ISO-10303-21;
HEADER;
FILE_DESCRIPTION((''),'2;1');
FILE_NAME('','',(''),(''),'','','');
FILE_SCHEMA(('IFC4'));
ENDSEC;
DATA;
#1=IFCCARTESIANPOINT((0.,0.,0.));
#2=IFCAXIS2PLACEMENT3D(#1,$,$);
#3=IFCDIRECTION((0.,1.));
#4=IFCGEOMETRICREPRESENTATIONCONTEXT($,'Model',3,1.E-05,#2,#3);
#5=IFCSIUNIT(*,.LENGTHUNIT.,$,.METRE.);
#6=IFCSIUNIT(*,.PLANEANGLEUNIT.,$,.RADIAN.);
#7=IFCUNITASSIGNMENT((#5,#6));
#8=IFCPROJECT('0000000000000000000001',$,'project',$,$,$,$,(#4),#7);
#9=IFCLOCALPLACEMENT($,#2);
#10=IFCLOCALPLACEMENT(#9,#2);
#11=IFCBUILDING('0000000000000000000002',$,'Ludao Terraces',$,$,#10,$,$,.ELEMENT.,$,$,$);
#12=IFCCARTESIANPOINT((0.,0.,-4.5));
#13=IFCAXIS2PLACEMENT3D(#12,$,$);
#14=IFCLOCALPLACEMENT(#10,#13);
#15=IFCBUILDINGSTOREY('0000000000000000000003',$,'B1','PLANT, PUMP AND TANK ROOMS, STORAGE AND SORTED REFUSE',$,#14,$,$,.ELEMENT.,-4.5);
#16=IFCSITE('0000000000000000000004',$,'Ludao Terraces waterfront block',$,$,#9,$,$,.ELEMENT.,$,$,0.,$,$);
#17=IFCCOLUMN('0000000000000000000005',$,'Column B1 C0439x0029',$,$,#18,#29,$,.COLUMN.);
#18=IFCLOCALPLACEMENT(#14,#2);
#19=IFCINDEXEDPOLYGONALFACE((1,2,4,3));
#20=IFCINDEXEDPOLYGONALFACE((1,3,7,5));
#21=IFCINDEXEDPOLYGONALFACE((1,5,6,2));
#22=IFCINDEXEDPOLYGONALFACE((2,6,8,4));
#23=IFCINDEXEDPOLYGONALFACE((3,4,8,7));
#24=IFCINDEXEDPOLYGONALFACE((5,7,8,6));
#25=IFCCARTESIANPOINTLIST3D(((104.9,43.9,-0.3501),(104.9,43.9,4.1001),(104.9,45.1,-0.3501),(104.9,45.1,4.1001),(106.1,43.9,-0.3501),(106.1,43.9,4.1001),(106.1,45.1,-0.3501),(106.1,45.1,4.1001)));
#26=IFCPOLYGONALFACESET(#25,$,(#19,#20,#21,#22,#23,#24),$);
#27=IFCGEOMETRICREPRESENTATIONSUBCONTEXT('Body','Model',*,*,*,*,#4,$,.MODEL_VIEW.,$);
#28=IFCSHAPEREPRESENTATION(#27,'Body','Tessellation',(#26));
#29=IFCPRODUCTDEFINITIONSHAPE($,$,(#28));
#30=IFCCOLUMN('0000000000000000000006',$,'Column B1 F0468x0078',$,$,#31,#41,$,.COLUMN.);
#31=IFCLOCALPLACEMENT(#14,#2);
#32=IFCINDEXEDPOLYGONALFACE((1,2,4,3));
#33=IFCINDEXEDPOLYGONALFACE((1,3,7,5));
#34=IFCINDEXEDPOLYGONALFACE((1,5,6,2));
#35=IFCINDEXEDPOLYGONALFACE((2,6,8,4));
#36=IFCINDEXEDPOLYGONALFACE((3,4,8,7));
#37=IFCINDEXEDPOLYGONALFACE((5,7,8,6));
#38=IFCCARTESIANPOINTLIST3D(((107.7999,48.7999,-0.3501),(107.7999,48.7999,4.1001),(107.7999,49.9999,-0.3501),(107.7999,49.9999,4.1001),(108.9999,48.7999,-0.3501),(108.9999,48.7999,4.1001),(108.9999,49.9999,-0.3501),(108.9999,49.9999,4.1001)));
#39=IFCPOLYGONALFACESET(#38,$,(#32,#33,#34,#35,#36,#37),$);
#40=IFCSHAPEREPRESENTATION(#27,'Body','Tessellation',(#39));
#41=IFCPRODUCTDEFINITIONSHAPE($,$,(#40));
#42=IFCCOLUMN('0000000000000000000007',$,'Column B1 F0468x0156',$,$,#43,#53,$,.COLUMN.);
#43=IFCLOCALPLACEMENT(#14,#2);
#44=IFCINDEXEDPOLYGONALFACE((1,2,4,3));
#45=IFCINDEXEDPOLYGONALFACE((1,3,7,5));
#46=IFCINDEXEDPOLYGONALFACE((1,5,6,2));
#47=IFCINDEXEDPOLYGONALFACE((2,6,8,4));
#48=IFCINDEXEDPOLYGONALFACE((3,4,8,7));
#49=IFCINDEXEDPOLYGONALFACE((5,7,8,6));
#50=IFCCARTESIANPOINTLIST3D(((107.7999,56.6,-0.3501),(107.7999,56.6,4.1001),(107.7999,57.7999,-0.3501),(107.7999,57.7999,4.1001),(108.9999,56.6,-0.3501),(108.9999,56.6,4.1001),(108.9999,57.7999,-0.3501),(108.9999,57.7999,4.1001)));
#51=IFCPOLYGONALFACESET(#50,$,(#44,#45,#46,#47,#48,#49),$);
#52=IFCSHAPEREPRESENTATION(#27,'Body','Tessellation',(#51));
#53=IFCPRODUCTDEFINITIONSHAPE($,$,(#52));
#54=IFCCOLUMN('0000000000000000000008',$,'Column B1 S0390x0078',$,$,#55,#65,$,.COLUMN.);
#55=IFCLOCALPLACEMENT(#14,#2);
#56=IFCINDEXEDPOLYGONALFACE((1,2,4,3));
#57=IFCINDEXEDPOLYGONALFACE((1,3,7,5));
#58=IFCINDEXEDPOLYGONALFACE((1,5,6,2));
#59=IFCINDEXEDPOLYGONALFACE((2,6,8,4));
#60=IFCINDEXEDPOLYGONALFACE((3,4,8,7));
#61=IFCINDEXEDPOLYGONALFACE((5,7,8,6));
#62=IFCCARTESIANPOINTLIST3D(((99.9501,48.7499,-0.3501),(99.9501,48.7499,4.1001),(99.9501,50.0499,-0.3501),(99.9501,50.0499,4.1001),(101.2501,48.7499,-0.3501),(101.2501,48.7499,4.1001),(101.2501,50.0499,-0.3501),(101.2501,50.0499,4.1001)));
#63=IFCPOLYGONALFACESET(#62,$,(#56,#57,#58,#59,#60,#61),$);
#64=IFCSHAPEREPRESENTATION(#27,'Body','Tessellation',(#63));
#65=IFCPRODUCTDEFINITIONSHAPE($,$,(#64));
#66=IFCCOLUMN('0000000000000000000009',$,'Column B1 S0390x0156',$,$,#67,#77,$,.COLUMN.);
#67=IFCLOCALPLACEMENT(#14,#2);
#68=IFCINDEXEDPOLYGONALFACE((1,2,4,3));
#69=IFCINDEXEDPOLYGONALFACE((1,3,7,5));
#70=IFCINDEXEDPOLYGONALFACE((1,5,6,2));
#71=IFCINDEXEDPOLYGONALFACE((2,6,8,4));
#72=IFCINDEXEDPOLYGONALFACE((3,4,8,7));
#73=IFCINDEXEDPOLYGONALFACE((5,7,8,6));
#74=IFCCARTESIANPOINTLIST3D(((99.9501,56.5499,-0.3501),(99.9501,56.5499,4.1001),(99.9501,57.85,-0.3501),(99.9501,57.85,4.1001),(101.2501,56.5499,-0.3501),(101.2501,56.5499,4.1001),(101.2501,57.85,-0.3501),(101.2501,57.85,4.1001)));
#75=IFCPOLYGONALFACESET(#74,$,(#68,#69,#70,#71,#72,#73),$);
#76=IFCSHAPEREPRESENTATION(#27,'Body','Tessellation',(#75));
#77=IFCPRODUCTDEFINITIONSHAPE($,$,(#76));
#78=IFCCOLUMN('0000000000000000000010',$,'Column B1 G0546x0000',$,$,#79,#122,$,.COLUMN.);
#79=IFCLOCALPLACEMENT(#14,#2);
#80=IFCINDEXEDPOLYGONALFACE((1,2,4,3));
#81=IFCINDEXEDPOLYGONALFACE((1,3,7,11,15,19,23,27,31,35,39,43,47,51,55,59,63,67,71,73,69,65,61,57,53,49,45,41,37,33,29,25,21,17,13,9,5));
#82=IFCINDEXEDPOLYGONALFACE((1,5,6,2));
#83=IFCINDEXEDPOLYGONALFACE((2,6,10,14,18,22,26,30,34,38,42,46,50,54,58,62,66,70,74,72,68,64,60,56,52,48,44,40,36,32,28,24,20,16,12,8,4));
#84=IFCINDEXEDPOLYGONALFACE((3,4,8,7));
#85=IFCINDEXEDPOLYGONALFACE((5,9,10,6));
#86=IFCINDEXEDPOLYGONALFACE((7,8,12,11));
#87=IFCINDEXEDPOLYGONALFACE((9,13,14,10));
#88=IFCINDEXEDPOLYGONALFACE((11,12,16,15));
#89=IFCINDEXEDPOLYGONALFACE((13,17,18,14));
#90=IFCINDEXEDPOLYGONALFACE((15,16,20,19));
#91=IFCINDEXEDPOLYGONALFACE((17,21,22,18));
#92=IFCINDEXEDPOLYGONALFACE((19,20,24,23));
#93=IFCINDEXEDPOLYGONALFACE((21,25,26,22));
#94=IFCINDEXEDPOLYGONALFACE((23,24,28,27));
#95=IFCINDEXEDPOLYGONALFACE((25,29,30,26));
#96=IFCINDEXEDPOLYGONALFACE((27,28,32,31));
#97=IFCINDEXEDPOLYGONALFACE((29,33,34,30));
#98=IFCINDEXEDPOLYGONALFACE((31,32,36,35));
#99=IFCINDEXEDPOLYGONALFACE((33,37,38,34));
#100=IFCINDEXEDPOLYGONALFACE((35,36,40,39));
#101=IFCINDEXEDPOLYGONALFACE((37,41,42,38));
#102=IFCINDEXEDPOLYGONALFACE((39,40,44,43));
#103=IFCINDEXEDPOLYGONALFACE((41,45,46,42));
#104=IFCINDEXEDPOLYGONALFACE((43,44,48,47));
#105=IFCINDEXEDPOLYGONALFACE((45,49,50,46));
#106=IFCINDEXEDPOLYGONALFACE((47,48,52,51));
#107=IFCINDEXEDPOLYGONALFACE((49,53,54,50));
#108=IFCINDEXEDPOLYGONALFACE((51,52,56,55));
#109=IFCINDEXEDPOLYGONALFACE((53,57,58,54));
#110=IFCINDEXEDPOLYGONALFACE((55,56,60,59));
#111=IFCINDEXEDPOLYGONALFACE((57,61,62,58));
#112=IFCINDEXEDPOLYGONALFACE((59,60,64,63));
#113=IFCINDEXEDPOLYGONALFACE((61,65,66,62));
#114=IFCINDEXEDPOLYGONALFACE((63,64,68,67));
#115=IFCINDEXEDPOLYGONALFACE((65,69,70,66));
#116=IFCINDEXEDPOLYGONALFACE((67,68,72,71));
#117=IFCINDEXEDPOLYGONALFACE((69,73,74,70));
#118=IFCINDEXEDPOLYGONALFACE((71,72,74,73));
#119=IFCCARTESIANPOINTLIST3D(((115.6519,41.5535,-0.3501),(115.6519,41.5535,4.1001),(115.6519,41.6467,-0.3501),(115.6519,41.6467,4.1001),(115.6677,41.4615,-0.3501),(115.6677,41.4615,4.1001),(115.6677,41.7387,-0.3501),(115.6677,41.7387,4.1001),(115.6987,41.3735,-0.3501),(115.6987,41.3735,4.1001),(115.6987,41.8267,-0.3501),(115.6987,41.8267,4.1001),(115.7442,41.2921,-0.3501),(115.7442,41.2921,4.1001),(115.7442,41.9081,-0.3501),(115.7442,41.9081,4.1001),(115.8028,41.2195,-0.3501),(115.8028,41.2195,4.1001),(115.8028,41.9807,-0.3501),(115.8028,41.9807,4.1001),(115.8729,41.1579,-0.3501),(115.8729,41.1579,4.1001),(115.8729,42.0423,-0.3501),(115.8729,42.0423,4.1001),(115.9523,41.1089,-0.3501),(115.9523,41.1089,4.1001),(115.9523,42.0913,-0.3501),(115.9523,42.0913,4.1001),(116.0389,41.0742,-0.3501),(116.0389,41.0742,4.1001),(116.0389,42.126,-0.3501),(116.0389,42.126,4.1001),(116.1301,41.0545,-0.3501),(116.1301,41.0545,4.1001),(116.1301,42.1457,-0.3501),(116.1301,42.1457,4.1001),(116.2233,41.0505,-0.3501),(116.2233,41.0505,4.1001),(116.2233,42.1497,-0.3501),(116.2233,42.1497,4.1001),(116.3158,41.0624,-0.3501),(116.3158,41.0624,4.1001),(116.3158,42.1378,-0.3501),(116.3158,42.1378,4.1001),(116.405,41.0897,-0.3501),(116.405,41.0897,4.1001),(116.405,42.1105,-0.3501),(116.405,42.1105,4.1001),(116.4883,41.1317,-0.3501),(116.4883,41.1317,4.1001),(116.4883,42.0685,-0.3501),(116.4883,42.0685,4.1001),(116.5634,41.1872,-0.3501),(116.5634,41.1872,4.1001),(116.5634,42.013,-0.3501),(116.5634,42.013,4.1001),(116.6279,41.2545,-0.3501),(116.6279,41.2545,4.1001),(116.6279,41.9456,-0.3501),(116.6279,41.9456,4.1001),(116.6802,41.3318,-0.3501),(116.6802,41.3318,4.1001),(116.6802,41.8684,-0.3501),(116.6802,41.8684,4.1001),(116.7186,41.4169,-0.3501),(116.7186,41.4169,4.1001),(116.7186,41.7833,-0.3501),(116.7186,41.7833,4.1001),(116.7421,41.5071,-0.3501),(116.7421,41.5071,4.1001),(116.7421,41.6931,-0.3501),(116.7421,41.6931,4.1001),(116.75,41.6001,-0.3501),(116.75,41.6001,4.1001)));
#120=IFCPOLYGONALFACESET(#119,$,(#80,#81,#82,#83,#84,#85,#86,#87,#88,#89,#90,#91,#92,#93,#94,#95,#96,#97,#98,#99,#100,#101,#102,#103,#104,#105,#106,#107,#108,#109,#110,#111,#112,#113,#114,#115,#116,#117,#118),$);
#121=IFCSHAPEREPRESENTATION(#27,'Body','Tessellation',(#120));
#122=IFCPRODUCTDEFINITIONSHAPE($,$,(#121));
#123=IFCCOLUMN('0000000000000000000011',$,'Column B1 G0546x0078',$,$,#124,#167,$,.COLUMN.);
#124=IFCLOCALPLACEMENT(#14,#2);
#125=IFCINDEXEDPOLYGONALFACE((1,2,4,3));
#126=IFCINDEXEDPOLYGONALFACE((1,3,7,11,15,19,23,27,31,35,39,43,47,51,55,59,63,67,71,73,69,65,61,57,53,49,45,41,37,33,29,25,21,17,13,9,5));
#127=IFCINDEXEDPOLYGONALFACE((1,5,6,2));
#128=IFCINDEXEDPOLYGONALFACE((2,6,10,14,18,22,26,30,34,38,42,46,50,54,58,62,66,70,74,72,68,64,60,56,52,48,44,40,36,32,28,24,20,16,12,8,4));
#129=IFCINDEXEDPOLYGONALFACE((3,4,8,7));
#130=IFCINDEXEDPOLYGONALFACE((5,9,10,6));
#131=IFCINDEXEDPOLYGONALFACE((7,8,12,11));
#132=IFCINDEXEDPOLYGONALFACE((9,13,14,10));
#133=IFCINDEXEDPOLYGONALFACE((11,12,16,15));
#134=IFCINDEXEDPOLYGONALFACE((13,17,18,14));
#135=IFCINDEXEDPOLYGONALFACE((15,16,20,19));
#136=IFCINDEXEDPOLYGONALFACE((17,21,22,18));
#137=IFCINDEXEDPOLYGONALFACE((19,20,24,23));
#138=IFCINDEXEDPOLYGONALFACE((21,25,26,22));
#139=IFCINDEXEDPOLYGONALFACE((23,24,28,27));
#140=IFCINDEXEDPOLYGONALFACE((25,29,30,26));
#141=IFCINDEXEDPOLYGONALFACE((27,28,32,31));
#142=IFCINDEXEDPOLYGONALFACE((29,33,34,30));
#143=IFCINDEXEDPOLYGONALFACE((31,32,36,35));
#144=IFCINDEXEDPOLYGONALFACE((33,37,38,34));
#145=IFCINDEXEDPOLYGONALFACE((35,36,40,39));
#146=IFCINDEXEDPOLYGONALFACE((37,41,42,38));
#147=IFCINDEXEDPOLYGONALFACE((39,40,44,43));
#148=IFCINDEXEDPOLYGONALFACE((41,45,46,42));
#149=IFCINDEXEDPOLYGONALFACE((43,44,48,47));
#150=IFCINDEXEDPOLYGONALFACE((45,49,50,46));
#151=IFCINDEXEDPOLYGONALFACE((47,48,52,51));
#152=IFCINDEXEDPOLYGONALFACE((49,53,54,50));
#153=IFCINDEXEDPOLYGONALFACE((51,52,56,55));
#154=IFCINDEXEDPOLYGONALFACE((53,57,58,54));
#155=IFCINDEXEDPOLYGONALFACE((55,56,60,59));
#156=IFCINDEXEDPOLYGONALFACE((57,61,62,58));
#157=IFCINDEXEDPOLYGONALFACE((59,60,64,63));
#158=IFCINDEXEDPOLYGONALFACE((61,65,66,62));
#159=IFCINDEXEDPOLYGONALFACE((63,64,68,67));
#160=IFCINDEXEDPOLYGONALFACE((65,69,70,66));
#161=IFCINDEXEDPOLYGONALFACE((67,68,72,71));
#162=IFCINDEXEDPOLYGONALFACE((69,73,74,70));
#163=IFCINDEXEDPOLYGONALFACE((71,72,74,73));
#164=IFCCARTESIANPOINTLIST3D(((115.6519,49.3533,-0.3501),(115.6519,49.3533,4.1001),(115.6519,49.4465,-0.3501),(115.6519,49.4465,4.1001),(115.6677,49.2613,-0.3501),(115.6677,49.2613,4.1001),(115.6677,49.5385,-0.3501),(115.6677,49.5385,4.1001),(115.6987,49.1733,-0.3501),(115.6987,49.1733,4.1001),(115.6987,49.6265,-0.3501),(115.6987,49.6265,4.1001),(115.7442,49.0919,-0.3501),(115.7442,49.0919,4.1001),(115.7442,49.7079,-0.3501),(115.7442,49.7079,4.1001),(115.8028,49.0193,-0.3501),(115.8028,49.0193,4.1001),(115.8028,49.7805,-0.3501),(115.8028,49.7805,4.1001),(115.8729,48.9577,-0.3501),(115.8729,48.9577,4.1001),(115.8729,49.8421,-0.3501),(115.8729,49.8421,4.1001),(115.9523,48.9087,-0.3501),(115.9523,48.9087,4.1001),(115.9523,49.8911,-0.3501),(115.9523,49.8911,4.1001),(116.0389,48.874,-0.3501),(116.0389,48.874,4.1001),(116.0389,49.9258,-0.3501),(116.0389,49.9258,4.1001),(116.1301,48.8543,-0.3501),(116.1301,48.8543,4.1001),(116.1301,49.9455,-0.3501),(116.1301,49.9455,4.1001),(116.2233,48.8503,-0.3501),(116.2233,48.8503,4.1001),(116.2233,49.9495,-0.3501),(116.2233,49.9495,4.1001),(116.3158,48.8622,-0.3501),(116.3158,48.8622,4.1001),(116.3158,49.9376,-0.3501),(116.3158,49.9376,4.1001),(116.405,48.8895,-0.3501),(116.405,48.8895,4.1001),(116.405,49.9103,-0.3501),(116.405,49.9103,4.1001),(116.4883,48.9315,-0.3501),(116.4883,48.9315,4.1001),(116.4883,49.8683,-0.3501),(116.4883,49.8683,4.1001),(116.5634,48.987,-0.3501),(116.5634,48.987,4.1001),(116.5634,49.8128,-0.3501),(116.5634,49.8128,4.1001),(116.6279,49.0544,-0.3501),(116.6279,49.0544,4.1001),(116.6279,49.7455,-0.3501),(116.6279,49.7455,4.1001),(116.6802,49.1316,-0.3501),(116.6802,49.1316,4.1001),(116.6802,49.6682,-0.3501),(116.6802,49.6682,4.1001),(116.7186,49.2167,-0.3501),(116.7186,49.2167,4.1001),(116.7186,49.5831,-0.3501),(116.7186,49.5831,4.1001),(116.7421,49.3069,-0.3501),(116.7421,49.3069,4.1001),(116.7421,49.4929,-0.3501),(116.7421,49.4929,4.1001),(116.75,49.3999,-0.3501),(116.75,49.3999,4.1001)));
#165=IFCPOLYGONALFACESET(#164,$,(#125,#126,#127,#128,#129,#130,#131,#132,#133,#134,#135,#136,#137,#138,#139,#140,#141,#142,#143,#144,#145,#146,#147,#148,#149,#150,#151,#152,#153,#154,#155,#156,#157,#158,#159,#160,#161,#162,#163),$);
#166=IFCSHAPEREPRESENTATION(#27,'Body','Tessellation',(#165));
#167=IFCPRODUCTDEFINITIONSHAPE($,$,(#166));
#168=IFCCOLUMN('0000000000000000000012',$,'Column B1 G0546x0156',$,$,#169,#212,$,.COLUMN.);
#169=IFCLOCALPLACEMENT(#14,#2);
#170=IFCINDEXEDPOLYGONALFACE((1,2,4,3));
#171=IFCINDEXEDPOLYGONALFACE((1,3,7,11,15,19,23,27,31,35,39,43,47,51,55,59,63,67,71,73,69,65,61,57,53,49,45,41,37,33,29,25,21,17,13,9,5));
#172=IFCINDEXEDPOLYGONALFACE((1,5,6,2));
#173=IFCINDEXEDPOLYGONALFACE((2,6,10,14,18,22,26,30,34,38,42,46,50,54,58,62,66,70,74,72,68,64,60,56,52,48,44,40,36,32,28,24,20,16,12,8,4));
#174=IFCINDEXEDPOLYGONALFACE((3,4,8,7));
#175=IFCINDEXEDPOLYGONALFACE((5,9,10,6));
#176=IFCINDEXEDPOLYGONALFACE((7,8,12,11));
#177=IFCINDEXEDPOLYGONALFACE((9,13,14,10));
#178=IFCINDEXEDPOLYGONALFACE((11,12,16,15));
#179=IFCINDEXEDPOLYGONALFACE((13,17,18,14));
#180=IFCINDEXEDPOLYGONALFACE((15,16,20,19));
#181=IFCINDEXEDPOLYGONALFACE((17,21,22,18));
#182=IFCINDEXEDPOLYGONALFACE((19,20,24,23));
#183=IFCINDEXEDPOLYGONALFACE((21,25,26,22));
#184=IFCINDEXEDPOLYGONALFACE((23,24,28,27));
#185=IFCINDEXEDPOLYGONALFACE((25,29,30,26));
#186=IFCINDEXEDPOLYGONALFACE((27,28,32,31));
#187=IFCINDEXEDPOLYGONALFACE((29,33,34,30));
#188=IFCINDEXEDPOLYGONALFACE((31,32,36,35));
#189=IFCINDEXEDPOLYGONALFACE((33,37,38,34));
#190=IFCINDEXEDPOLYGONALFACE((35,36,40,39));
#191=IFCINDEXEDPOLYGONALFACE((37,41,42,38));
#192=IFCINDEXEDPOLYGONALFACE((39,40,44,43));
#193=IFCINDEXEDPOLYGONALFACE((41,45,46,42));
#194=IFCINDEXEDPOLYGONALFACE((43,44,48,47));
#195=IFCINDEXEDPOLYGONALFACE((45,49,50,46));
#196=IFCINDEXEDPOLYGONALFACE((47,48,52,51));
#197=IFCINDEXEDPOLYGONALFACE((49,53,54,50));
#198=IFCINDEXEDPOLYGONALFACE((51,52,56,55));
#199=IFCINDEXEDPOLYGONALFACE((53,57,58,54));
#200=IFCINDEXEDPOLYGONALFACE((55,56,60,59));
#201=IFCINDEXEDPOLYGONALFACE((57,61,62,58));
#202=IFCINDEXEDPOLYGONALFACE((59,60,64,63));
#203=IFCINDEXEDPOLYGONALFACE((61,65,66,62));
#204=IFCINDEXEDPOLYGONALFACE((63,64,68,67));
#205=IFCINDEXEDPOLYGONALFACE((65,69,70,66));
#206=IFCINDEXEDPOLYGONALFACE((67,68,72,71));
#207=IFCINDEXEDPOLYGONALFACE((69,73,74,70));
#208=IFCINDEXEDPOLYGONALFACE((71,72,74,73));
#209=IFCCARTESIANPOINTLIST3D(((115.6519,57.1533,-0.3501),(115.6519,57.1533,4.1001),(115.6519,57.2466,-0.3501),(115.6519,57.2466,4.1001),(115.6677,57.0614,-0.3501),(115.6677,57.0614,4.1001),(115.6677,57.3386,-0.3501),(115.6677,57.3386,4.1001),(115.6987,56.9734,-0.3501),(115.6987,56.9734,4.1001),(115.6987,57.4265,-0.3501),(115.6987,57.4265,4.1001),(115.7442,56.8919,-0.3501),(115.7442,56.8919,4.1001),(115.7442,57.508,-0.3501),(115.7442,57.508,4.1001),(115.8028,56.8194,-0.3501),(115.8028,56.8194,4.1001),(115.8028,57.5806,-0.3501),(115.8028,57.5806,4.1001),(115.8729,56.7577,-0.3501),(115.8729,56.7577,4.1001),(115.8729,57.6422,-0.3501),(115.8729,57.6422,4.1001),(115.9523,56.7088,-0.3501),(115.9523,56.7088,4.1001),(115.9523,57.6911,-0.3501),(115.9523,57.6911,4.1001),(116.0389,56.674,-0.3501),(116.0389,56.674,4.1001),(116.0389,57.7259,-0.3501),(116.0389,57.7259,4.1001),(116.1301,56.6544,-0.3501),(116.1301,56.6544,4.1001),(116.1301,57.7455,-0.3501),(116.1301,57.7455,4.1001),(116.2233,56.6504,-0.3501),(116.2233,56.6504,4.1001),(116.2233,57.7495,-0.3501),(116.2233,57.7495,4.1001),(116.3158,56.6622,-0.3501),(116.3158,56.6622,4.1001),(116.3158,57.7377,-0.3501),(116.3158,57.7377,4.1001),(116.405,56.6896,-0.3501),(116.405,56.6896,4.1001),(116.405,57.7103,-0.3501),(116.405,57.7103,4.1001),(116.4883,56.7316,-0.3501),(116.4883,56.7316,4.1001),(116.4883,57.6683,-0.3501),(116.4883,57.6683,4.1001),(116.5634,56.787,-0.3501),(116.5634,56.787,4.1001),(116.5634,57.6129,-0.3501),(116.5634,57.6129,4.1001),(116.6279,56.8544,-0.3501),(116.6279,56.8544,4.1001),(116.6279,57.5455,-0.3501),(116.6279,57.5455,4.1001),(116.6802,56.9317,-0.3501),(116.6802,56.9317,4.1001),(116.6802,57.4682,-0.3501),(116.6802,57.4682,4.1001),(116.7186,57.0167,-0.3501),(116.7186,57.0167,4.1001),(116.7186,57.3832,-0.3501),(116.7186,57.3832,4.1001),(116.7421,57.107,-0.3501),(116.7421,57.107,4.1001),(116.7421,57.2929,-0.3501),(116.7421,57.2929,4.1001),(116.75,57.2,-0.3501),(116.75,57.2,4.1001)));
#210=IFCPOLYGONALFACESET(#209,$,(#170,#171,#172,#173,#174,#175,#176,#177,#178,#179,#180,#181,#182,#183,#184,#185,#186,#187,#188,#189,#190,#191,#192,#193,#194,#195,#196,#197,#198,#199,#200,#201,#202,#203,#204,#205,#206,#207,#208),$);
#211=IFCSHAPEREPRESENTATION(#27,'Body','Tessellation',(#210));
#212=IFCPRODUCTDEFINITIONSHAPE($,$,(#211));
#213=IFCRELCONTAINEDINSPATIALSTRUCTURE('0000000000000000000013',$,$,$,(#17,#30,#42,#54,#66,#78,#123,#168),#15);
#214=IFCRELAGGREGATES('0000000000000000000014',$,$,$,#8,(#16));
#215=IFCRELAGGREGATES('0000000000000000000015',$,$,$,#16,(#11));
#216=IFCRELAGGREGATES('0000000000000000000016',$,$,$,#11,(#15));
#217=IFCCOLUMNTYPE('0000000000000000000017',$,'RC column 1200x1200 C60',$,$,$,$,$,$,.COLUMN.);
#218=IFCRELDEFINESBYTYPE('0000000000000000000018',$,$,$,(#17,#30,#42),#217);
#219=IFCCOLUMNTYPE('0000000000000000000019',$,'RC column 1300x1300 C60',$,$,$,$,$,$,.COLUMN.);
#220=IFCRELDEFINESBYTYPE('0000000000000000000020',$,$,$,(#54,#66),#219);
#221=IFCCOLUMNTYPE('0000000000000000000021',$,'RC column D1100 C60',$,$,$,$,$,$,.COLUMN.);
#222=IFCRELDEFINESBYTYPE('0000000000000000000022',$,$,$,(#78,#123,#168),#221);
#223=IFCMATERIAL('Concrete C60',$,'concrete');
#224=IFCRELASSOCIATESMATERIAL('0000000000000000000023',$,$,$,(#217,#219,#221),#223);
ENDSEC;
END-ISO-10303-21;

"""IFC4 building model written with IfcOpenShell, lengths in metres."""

from ifc_helpers import new_model, si_unit, direction, frame, origin, origin_2d, place, context, subcontext, project, spatial, rectangle, circle, extrude, material, material_profile, profile_set, type_object, element, save


model = new_model("IFC4")

# Units and contexts
model_context = context("Model", 3, precision=1e-05, world=origin(), true_north=direction((0.0, 1.0)))
body_context = subcontext(model_context, "Body", "Model", "MODEL_VIEW")
ifc_project = project(units=[si_unit("LENGTHUNIT", "METRE"), si_unit("PLANEANGLEUNIT", "RADIAN")], contexts=[model_context])

# Site, building, storey
site_placement = place(None, origin())
site = spatial("IfcSite", under=ifc_project, at=site_placement, Name="Ludao Terraces waterfront block", CompositionType="ELEMENT", RefElevation=0.0)
building_placement = place(site_placement, origin())
building = spatial("IfcBuilding", under=site, at=building_placement, Name="Ludao Terraces", CompositionType="ELEMENT")
storey_placement = place(building_placement, frame((0.0, 0.0, -4.5)))
storey = spatial("IfcBuildingStorey", under=building, at=storey_placement, Name="B1", Description="PLANT, PUMP AND TANK ROOMS, STORAGE AND SORTED REFUSE", CompositionType="ELEMENT", Elevation=-4.5)

# Columns
ifc_material_1 = material(Name="Concrete C60", Category="concrete")
ifc_material_profile_1 = material_profile(ifc_material_1, rectangle(XDim=1.2, YDim=1.2, at=origin_2d()), Name="1200 X 1200")
ifc_profile_set_1 = profile_set([ifc_material_profile_1], Name="Concrete C60")
column_type_1 = type_object("IfcColumnType", Name="RC column 1200x1200 C60", PredefinedType="COLUMN", material=ifc_profile_set_1)
for number, where, z_axis, x_axis, name in (
    (1, (105.5, 44.5, -0.3501), (0.0, 0.0, 1.0), (1.0, 0.0, 0.0), "Column B1 C0439x0029"),
    (2, (108.3999, 49.3999, -0.3501), (0.0, 0.0, 1.0), (1.0, 0.0, 0.0), "Column B1 F0468x0078"),
    (3, (108.3999, 57.2, -0.3501), (0.0, 0.0, 1.0), (1.0, 0.0, 0.0), "Column B1 F0468x0156"),
):
    element("IfcColumn", number, at=place(storey_placement, frame(where, z_axis=z_axis, x_axis=x_axis)), inside=storey, type_object=column_type_1, Name=name, PredefinedType="COLUMN", context=body_context, shape_type="SweptSolid", body=[
        extrude(rectangle(XDim=1.2, YDim=1.2, at=origin_2d()), origin(), (0.0, 0.0, 1.0), 4.4502),
    ])
ifc_material_profile_2 = material_profile(ifc_material_1, rectangle(XDim=1.3, YDim=1.3, at=origin_2d()), Name="1300 X 1300")
ifc_profile_set_2 = profile_set([ifc_material_profile_2], Name="Concrete C60")
column_type_2 = type_object("IfcColumnType", Name="RC column 1300x1300 C60", PredefinedType="COLUMN", material=ifc_profile_set_2)
for number, where, z_axis, x_axis, name in (
    (4, (100.6001, 49.3999, -0.3501), (0.0, 0.0, 1.0), (1.0, 0.0, 0.0), "Column B1 S0390x0078"),
    (5, (100.6001, 57.2, -0.3501), (0.0, 0.0, 1.0), (1.0, 0.0, 0.0), "Column B1 S0390x0156"),
):
    element("IfcColumn", number, at=place(storey_placement, frame(where, z_axis=z_axis, x_axis=x_axis)), inside=storey, type_object=column_type_2, Name=name, PredefinedType="COLUMN", context=body_context, shape_type="SweptSolid", body=[
        extrude(rectangle(XDim=1.3, YDim=1.3, at=origin_2d()), origin(), (0.0, 0.0, 1.0), 4.4502),
    ])
ifc_material_profile_3 = material_profile(ifc_material_1, circle(Radius=0.55, at=origin_2d()), Name="D1100")
ifc_profile_set_3 = profile_set([ifc_material_profile_3], Name="Concrete C60")
column_type_3 = type_object("IfcColumnType", Name="RC column D1100 C60", PredefinedType="COLUMN", material=ifc_profile_set_3)
for number, where, z_axis, x_axis, name in (
    (6, (116.2, 41.6001, -0.3501), (0.0, 0.0, 1.0), (1.0, 0.0, 0.0), "Column B1 G0546x0000"),
    (7, (116.2, 49.3999, -0.3501), (0.0, 0.0, 1.0), (1.0, 0.0, 0.0), "Column B1 G0546x0078"),
    (8, (116.2, 57.2, -0.3501), (0.0, 0.0, 1.0), (1.0, 0.0, 0.0), "Column B1 G0546x0156"),
):
    element("IfcColumn", number, at=place(storey_placement, frame(where, z_axis=z_axis, x_axis=x_axis)), inside=storey, type_object=column_type_3, Name=name, PredefinedType="COLUMN", context=body_context, shape_type="SweptSolid", body=[
        extrude(circle(Radius=0.55, at=origin_2d()), origin(), (0.0, 0.0, 1.0), 4.4502),
    ])

save(model, "model.ifc")
